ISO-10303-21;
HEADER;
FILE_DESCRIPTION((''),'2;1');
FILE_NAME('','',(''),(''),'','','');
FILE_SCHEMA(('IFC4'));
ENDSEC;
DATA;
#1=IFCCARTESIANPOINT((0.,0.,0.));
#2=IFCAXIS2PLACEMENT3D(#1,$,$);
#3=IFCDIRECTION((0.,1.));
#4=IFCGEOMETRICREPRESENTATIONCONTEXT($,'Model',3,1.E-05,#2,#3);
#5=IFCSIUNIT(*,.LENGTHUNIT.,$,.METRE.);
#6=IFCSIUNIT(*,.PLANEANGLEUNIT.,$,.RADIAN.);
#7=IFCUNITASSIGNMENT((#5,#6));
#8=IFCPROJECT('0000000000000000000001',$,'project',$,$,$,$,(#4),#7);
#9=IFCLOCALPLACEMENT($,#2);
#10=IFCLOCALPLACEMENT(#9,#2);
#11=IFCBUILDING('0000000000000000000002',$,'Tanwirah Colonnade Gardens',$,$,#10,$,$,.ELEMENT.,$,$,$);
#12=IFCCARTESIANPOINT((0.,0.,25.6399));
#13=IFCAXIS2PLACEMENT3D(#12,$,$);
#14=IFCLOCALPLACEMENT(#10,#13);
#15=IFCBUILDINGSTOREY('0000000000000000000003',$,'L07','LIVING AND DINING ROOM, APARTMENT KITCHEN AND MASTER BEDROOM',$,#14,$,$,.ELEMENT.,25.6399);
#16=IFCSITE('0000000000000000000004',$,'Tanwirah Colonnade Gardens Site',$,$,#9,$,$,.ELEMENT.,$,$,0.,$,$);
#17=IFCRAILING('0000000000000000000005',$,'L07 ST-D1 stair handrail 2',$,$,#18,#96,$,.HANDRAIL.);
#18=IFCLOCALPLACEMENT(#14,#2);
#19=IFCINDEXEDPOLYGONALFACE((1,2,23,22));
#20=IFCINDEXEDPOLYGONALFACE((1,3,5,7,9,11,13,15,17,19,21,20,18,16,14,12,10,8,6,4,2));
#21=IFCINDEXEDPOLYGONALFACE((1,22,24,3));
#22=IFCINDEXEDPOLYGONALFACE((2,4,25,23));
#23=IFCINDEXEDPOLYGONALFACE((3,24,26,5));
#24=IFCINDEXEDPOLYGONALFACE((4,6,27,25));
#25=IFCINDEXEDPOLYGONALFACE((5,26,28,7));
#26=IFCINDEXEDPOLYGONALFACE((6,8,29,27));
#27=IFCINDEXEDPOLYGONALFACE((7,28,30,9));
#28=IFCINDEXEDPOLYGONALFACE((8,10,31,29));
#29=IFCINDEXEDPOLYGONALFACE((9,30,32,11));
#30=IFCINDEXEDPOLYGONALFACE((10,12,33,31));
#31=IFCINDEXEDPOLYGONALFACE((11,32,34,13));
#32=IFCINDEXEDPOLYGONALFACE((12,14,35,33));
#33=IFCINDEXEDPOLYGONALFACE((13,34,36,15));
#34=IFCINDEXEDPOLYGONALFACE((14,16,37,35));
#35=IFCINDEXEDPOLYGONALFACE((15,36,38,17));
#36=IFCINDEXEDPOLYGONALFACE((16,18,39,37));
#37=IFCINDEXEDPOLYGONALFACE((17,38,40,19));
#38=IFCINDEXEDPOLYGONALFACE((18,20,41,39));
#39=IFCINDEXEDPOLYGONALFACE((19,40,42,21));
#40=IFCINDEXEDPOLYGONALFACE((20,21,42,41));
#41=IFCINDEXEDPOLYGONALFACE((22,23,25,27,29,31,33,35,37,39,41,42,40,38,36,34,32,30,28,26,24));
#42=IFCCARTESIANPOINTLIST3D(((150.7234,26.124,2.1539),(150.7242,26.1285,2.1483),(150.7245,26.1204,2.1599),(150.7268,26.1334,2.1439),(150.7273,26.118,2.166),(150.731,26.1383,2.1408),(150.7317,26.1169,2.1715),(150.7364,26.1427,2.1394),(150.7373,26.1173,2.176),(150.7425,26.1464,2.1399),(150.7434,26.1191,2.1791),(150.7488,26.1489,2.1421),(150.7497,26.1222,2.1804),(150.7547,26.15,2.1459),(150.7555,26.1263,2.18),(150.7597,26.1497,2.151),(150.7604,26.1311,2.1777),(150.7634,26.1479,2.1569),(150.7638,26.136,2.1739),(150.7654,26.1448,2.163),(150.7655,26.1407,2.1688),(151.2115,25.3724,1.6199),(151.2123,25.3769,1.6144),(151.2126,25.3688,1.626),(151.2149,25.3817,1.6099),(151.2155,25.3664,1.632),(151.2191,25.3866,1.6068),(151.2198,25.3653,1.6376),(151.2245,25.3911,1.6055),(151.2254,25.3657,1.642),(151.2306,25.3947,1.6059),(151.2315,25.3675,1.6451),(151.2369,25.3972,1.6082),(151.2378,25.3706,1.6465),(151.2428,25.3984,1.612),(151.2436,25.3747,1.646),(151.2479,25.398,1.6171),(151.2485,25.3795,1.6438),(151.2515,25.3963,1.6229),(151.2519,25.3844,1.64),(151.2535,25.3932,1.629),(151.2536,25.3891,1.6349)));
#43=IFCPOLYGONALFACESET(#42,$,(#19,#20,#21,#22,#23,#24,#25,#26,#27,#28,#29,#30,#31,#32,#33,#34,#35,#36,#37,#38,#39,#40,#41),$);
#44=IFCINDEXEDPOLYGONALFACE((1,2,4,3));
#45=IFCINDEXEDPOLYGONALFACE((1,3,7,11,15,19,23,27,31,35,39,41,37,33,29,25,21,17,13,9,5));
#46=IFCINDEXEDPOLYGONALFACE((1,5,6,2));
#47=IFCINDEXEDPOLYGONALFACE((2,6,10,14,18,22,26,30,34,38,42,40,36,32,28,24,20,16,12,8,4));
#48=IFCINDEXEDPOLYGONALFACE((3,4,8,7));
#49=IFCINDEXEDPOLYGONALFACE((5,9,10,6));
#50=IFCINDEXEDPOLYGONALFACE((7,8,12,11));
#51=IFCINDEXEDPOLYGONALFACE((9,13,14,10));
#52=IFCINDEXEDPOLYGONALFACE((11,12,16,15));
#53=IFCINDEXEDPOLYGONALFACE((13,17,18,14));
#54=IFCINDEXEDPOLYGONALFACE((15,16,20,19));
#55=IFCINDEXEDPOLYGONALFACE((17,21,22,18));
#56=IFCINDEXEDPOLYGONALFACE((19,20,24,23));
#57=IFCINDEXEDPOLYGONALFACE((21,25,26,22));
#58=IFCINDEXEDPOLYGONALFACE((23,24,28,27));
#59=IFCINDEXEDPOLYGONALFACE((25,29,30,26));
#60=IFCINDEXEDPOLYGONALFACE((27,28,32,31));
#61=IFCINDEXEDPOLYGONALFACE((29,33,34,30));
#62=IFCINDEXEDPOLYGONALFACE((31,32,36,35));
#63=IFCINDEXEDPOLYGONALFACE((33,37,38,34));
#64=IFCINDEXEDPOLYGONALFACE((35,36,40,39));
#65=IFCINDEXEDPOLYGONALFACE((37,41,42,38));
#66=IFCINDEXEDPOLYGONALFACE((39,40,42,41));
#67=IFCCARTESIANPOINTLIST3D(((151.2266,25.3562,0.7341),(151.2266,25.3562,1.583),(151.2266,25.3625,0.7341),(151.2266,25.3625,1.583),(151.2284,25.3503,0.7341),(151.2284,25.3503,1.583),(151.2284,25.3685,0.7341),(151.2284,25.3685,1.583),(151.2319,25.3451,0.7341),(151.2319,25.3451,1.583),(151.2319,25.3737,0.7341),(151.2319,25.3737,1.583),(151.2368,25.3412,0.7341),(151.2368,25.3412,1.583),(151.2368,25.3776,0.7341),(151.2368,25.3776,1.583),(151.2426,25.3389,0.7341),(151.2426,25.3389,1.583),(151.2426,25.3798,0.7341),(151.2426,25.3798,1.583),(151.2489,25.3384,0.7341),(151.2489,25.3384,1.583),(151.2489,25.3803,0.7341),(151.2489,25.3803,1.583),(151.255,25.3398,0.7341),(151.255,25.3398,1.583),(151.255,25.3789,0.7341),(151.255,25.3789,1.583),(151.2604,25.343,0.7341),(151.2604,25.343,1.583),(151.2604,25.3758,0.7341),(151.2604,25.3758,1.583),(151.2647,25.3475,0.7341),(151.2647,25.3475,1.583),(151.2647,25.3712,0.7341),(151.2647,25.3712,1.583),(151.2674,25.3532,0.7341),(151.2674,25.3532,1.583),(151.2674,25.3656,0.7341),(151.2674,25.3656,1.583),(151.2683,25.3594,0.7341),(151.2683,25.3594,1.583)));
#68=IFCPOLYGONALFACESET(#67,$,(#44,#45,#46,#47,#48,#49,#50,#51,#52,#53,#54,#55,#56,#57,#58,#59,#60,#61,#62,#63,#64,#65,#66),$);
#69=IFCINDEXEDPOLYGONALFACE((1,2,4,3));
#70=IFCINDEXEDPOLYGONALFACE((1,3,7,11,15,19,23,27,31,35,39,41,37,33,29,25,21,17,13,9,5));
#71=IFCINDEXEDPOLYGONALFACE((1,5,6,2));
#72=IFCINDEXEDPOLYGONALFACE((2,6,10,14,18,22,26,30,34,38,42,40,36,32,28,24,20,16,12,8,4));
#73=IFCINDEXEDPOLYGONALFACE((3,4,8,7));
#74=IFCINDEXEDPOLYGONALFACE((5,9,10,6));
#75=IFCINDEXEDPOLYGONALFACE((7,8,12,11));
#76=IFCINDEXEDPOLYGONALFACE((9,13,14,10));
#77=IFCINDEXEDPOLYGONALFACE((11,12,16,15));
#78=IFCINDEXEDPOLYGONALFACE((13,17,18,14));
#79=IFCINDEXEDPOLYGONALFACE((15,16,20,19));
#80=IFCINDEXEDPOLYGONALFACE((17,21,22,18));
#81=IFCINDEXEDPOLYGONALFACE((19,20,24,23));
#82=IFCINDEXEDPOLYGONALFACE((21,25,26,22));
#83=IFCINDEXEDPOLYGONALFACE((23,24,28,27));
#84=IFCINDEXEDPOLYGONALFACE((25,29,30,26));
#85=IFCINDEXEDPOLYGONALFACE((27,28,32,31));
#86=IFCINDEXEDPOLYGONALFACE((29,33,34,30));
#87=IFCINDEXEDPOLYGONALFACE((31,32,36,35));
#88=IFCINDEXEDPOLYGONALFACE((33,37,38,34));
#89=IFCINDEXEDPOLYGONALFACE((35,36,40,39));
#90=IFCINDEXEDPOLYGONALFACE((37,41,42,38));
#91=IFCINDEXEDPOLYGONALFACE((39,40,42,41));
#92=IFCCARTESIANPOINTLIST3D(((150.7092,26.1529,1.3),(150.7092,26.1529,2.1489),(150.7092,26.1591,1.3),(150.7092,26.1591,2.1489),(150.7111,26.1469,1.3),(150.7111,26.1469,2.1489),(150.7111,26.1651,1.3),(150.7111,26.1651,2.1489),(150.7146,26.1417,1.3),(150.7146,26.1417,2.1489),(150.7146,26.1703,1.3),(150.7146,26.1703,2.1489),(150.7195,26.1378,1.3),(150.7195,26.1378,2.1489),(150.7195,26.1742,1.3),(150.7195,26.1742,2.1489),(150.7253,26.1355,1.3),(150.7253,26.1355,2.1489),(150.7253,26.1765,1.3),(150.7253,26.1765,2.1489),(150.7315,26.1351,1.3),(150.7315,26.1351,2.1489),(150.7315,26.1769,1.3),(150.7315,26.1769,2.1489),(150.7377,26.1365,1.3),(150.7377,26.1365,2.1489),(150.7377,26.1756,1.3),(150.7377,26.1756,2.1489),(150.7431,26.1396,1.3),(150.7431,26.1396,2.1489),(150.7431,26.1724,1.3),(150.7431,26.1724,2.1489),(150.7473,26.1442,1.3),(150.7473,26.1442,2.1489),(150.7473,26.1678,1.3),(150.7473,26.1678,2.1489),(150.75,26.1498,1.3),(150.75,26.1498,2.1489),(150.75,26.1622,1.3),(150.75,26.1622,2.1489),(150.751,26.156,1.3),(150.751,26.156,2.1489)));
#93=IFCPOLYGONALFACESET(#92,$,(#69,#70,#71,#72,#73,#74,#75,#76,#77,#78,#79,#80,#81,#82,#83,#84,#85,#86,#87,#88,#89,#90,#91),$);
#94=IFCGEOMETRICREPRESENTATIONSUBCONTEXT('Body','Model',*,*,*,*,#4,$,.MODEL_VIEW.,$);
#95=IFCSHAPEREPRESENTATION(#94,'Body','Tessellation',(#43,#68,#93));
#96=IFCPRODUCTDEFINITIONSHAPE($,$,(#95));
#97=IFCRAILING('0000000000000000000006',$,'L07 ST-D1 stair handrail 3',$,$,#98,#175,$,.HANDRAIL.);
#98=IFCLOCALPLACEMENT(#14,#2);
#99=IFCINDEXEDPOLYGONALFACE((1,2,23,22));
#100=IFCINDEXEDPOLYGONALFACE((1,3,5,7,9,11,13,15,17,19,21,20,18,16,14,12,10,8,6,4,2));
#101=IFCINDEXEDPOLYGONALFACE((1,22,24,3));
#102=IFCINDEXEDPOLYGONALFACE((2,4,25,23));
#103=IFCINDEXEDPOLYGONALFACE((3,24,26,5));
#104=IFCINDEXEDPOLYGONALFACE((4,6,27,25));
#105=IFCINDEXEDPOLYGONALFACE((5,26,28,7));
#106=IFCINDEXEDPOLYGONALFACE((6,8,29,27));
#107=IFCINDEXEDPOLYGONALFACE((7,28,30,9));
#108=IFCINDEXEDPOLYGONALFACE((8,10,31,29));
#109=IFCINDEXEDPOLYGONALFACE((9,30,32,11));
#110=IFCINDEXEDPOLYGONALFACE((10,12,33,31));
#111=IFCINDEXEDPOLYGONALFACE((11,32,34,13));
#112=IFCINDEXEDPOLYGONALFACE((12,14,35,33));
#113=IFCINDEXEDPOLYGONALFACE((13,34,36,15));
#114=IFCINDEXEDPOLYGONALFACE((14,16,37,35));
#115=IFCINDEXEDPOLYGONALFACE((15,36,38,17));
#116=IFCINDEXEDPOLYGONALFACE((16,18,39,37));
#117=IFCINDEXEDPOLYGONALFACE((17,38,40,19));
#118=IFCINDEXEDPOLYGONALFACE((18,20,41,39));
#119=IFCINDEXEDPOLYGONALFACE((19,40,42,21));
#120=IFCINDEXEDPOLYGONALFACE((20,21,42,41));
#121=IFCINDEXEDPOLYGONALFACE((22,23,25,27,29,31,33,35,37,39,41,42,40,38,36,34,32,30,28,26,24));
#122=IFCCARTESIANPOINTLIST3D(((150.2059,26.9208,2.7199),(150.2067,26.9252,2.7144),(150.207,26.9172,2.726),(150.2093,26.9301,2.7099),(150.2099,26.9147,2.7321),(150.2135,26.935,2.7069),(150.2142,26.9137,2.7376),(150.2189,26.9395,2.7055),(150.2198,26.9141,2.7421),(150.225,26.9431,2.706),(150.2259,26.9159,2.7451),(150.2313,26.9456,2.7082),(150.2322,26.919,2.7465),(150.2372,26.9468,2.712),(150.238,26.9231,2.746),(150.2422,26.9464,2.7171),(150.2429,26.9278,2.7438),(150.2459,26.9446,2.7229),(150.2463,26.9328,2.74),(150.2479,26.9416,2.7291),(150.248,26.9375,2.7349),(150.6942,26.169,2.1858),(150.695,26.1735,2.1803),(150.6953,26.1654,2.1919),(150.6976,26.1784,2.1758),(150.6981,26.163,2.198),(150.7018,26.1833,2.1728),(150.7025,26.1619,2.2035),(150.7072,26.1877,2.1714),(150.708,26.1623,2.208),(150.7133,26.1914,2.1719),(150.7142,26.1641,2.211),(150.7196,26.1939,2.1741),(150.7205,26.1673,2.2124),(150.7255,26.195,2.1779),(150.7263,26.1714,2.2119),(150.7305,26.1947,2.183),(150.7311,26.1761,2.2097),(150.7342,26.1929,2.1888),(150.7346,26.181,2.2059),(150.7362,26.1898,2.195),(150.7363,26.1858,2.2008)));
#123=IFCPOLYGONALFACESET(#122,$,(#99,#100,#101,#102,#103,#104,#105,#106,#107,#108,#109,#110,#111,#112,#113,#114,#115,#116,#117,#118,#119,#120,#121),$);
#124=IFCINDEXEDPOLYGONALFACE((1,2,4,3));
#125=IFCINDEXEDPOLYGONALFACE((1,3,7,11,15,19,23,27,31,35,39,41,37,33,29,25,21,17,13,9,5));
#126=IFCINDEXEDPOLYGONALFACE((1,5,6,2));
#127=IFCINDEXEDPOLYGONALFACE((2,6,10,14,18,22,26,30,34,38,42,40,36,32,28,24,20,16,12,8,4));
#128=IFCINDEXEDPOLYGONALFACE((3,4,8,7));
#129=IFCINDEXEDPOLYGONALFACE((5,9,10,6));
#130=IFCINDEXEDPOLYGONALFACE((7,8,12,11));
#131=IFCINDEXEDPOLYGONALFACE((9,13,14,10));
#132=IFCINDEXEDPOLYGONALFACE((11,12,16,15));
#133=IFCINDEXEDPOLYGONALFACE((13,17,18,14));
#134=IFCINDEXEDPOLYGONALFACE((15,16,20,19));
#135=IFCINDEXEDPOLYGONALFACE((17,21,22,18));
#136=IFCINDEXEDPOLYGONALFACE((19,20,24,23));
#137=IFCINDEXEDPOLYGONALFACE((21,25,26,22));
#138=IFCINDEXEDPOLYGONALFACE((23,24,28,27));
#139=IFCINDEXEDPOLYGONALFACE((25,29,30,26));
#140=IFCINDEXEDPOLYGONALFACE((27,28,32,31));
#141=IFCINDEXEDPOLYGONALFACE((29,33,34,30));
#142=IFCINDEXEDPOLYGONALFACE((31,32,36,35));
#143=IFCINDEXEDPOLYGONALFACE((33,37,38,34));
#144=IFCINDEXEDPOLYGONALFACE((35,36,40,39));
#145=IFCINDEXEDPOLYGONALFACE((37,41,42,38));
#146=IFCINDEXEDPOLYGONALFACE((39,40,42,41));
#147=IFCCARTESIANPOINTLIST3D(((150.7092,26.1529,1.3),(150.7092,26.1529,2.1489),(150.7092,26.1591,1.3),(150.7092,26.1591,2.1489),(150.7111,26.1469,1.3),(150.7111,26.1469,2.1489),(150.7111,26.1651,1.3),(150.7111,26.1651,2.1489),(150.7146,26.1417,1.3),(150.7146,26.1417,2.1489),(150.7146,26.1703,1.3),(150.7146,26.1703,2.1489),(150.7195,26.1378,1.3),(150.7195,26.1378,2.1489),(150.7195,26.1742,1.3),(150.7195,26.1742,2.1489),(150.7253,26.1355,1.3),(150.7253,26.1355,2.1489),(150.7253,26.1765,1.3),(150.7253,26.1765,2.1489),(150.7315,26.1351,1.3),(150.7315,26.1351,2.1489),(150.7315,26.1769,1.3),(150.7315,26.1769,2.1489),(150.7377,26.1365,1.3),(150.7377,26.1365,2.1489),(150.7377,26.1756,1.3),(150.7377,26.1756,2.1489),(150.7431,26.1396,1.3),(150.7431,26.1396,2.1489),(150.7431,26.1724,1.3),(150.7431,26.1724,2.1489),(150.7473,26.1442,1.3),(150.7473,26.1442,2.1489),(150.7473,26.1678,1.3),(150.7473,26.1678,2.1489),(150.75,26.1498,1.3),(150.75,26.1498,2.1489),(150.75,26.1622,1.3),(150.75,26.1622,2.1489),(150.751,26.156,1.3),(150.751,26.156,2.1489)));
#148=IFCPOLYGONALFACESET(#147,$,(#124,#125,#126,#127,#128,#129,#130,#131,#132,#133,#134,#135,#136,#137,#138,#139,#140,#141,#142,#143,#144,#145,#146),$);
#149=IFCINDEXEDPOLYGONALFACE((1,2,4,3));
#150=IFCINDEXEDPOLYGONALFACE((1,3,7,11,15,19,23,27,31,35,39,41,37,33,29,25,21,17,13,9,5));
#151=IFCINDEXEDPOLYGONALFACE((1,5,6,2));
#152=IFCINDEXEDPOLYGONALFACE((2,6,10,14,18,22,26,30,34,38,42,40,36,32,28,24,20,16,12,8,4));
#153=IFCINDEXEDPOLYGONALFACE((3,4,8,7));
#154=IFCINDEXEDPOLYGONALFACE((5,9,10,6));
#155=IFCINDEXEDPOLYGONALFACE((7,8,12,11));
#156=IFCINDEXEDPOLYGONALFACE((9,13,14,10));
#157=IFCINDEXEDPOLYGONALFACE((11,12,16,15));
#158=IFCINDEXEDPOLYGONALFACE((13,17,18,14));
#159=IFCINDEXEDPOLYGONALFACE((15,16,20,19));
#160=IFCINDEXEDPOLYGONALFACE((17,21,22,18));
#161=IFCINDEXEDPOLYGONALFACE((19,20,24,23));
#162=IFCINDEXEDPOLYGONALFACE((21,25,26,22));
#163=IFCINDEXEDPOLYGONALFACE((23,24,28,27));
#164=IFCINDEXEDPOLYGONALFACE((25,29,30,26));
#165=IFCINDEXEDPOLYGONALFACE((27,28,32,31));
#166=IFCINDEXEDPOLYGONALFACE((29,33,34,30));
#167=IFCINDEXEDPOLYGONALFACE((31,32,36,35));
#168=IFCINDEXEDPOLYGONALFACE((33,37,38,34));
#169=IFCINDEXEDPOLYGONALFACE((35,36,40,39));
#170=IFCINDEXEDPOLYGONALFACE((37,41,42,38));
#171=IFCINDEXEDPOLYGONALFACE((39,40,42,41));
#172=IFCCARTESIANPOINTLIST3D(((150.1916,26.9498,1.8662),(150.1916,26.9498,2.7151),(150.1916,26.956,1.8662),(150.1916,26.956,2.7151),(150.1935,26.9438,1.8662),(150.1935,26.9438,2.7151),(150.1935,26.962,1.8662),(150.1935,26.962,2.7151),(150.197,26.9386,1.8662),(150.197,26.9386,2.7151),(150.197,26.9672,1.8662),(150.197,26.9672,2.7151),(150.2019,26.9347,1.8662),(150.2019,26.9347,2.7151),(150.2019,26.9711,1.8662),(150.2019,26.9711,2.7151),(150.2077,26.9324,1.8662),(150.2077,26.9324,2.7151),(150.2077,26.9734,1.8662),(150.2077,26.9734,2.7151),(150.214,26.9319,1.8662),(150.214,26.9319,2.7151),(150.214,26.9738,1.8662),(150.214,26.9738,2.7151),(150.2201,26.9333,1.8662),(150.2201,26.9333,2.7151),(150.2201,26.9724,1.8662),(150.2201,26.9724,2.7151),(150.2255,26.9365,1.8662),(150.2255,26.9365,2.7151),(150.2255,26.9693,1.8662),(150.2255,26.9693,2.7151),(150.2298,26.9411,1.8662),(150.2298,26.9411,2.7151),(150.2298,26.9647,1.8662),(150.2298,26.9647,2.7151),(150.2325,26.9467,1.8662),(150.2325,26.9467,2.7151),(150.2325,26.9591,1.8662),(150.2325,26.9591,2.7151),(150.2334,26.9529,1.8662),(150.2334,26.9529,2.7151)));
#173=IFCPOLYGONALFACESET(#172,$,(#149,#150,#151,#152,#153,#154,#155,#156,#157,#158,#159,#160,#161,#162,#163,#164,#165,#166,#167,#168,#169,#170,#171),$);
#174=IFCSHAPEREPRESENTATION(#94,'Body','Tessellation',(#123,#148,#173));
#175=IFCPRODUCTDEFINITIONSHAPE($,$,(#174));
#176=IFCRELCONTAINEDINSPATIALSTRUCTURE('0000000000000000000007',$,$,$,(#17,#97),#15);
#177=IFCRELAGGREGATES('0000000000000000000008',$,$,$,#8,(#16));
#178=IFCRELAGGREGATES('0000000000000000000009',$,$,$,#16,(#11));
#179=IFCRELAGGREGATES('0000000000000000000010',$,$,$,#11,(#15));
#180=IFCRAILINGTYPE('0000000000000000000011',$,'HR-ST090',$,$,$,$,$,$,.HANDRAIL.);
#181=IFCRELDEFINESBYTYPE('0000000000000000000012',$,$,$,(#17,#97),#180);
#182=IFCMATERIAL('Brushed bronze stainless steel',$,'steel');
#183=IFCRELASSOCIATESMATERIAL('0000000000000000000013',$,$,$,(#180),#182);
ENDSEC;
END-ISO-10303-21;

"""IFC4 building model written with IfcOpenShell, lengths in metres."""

from ifc_helpers import new_model, si_unit, direction, frame, origin, origin_2d, place, context, subcontext, project, spatial, circle, extrude, material, type_object, element, save


model = new_model("IFC4")

# Units and contexts
model_context = context("Model", 3, precision=1e-05, world=origin(), true_north=direction((0.0, 1.0)))
body_context = subcontext(model_context, "Body", "Model", "MODEL_VIEW")
ifc_project = project(units=[si_unit("LENGTHUNIT", "METRE"), si_unit("PLANEANGLEUNIT", "RADIAN")], contexts=[model_context])

# Site, building, storey
site_placement = place(None, origin())
site = spatial("IfcSite", under=ifc_project, at=site_placement, Name="Tanwirah Colonnade Gardens Site", CompositionType="ELEMENT", RefElevation=0.0)
building_placement = place(site_placement, origin())
building = spatial("IfcBuilding", under=site, at=building_placement, Name="Tanwirah Colonnade Gardens", CompositionType="ELEMENT")
storey_placement = place(building_placement, frame((0.0, 0.0, 25.6399)))
storey = spatial("IfcBuildingStorey", under=building, at=storey_placement, Name="L07", Description="LIVING AND DINING ROOM, APARTMENT KITCHEN AND MASTER BEDROOM", CompositionType="ELEMENT", Elevation=25.6399)

# Railings
ifc_material_1 = material(Name="Brushed bronze stainless steel", Category="steel")
railing_type_1 = type_object("IfcRailingType", Name="HR-ST090", PredefinedType="HANDRAIL", material=ifc_material_1)
railing_1_placement = place(storey_placement, frame((151.2473, 25.3594, 0.7341)))
element("IfcRailing", 1, at=railing_1_placement, inside=storey, type_object=railing_type_1, Name="L07 ST-D1 stair handrail 2", PredefinedType="HANDRAIL", context=body_context, shape_type="SweptSolid", body=[
    extrude(circle(Radius=0.0239, at=origin_2d()), frame((-0.0146, 0.0225, 0.8918), z_axis=(-0.46789, 0.720492, 0.51183), x_axis=(-0.838673, -0.544636, 0.0)), (0.0, 0.0, 1.0), 1.0432),
    extrude(circle(Radius=0.021, at=origin_2d()), origin(), (0.0, 0.0, 1.0), 0.8489),
    extrude(circle(Radius=0.021, at=origin_2d()), frame((-0.5173, 0.7966, 0.5659)), (0.0, 0.0, 1.0), 0.8489),
])
railing_2_placement = place(storey_placement, frame((150.73, 26.156, 1.3)))
element("IfcRailing", 2, at=railing_2_placement, inside=storey, type_object=railing_type_1, Name="L07 ST-D1 stair handrail 3", PredefinedType="HANDRAIL", context=body_context, shape_type="SweptSolid", body=[
    extrude(circle(Radius=0.0239, at=origin_2d()), frame((-0.0146, 0.0225, 0.8918), z_axis=(-0.467935, 0.720443, 0.511859), x_axis=(-0.838631, -0.544699, 0.0)), (0.0, 0.0, 1.0), 1.0435),
    extrude(circle(Radius=0.021, at=origin_2d()), origin(), (0.0, 0.0, 1.0), 0.8489),
    extrude(circle(Radius=0.021, at=origin_2d()), frame((-0.5176, 0.7969, 0.5662)), (0.0, 0.0, 1.0), 0.8489),
])

save(model, "model.ifc")
